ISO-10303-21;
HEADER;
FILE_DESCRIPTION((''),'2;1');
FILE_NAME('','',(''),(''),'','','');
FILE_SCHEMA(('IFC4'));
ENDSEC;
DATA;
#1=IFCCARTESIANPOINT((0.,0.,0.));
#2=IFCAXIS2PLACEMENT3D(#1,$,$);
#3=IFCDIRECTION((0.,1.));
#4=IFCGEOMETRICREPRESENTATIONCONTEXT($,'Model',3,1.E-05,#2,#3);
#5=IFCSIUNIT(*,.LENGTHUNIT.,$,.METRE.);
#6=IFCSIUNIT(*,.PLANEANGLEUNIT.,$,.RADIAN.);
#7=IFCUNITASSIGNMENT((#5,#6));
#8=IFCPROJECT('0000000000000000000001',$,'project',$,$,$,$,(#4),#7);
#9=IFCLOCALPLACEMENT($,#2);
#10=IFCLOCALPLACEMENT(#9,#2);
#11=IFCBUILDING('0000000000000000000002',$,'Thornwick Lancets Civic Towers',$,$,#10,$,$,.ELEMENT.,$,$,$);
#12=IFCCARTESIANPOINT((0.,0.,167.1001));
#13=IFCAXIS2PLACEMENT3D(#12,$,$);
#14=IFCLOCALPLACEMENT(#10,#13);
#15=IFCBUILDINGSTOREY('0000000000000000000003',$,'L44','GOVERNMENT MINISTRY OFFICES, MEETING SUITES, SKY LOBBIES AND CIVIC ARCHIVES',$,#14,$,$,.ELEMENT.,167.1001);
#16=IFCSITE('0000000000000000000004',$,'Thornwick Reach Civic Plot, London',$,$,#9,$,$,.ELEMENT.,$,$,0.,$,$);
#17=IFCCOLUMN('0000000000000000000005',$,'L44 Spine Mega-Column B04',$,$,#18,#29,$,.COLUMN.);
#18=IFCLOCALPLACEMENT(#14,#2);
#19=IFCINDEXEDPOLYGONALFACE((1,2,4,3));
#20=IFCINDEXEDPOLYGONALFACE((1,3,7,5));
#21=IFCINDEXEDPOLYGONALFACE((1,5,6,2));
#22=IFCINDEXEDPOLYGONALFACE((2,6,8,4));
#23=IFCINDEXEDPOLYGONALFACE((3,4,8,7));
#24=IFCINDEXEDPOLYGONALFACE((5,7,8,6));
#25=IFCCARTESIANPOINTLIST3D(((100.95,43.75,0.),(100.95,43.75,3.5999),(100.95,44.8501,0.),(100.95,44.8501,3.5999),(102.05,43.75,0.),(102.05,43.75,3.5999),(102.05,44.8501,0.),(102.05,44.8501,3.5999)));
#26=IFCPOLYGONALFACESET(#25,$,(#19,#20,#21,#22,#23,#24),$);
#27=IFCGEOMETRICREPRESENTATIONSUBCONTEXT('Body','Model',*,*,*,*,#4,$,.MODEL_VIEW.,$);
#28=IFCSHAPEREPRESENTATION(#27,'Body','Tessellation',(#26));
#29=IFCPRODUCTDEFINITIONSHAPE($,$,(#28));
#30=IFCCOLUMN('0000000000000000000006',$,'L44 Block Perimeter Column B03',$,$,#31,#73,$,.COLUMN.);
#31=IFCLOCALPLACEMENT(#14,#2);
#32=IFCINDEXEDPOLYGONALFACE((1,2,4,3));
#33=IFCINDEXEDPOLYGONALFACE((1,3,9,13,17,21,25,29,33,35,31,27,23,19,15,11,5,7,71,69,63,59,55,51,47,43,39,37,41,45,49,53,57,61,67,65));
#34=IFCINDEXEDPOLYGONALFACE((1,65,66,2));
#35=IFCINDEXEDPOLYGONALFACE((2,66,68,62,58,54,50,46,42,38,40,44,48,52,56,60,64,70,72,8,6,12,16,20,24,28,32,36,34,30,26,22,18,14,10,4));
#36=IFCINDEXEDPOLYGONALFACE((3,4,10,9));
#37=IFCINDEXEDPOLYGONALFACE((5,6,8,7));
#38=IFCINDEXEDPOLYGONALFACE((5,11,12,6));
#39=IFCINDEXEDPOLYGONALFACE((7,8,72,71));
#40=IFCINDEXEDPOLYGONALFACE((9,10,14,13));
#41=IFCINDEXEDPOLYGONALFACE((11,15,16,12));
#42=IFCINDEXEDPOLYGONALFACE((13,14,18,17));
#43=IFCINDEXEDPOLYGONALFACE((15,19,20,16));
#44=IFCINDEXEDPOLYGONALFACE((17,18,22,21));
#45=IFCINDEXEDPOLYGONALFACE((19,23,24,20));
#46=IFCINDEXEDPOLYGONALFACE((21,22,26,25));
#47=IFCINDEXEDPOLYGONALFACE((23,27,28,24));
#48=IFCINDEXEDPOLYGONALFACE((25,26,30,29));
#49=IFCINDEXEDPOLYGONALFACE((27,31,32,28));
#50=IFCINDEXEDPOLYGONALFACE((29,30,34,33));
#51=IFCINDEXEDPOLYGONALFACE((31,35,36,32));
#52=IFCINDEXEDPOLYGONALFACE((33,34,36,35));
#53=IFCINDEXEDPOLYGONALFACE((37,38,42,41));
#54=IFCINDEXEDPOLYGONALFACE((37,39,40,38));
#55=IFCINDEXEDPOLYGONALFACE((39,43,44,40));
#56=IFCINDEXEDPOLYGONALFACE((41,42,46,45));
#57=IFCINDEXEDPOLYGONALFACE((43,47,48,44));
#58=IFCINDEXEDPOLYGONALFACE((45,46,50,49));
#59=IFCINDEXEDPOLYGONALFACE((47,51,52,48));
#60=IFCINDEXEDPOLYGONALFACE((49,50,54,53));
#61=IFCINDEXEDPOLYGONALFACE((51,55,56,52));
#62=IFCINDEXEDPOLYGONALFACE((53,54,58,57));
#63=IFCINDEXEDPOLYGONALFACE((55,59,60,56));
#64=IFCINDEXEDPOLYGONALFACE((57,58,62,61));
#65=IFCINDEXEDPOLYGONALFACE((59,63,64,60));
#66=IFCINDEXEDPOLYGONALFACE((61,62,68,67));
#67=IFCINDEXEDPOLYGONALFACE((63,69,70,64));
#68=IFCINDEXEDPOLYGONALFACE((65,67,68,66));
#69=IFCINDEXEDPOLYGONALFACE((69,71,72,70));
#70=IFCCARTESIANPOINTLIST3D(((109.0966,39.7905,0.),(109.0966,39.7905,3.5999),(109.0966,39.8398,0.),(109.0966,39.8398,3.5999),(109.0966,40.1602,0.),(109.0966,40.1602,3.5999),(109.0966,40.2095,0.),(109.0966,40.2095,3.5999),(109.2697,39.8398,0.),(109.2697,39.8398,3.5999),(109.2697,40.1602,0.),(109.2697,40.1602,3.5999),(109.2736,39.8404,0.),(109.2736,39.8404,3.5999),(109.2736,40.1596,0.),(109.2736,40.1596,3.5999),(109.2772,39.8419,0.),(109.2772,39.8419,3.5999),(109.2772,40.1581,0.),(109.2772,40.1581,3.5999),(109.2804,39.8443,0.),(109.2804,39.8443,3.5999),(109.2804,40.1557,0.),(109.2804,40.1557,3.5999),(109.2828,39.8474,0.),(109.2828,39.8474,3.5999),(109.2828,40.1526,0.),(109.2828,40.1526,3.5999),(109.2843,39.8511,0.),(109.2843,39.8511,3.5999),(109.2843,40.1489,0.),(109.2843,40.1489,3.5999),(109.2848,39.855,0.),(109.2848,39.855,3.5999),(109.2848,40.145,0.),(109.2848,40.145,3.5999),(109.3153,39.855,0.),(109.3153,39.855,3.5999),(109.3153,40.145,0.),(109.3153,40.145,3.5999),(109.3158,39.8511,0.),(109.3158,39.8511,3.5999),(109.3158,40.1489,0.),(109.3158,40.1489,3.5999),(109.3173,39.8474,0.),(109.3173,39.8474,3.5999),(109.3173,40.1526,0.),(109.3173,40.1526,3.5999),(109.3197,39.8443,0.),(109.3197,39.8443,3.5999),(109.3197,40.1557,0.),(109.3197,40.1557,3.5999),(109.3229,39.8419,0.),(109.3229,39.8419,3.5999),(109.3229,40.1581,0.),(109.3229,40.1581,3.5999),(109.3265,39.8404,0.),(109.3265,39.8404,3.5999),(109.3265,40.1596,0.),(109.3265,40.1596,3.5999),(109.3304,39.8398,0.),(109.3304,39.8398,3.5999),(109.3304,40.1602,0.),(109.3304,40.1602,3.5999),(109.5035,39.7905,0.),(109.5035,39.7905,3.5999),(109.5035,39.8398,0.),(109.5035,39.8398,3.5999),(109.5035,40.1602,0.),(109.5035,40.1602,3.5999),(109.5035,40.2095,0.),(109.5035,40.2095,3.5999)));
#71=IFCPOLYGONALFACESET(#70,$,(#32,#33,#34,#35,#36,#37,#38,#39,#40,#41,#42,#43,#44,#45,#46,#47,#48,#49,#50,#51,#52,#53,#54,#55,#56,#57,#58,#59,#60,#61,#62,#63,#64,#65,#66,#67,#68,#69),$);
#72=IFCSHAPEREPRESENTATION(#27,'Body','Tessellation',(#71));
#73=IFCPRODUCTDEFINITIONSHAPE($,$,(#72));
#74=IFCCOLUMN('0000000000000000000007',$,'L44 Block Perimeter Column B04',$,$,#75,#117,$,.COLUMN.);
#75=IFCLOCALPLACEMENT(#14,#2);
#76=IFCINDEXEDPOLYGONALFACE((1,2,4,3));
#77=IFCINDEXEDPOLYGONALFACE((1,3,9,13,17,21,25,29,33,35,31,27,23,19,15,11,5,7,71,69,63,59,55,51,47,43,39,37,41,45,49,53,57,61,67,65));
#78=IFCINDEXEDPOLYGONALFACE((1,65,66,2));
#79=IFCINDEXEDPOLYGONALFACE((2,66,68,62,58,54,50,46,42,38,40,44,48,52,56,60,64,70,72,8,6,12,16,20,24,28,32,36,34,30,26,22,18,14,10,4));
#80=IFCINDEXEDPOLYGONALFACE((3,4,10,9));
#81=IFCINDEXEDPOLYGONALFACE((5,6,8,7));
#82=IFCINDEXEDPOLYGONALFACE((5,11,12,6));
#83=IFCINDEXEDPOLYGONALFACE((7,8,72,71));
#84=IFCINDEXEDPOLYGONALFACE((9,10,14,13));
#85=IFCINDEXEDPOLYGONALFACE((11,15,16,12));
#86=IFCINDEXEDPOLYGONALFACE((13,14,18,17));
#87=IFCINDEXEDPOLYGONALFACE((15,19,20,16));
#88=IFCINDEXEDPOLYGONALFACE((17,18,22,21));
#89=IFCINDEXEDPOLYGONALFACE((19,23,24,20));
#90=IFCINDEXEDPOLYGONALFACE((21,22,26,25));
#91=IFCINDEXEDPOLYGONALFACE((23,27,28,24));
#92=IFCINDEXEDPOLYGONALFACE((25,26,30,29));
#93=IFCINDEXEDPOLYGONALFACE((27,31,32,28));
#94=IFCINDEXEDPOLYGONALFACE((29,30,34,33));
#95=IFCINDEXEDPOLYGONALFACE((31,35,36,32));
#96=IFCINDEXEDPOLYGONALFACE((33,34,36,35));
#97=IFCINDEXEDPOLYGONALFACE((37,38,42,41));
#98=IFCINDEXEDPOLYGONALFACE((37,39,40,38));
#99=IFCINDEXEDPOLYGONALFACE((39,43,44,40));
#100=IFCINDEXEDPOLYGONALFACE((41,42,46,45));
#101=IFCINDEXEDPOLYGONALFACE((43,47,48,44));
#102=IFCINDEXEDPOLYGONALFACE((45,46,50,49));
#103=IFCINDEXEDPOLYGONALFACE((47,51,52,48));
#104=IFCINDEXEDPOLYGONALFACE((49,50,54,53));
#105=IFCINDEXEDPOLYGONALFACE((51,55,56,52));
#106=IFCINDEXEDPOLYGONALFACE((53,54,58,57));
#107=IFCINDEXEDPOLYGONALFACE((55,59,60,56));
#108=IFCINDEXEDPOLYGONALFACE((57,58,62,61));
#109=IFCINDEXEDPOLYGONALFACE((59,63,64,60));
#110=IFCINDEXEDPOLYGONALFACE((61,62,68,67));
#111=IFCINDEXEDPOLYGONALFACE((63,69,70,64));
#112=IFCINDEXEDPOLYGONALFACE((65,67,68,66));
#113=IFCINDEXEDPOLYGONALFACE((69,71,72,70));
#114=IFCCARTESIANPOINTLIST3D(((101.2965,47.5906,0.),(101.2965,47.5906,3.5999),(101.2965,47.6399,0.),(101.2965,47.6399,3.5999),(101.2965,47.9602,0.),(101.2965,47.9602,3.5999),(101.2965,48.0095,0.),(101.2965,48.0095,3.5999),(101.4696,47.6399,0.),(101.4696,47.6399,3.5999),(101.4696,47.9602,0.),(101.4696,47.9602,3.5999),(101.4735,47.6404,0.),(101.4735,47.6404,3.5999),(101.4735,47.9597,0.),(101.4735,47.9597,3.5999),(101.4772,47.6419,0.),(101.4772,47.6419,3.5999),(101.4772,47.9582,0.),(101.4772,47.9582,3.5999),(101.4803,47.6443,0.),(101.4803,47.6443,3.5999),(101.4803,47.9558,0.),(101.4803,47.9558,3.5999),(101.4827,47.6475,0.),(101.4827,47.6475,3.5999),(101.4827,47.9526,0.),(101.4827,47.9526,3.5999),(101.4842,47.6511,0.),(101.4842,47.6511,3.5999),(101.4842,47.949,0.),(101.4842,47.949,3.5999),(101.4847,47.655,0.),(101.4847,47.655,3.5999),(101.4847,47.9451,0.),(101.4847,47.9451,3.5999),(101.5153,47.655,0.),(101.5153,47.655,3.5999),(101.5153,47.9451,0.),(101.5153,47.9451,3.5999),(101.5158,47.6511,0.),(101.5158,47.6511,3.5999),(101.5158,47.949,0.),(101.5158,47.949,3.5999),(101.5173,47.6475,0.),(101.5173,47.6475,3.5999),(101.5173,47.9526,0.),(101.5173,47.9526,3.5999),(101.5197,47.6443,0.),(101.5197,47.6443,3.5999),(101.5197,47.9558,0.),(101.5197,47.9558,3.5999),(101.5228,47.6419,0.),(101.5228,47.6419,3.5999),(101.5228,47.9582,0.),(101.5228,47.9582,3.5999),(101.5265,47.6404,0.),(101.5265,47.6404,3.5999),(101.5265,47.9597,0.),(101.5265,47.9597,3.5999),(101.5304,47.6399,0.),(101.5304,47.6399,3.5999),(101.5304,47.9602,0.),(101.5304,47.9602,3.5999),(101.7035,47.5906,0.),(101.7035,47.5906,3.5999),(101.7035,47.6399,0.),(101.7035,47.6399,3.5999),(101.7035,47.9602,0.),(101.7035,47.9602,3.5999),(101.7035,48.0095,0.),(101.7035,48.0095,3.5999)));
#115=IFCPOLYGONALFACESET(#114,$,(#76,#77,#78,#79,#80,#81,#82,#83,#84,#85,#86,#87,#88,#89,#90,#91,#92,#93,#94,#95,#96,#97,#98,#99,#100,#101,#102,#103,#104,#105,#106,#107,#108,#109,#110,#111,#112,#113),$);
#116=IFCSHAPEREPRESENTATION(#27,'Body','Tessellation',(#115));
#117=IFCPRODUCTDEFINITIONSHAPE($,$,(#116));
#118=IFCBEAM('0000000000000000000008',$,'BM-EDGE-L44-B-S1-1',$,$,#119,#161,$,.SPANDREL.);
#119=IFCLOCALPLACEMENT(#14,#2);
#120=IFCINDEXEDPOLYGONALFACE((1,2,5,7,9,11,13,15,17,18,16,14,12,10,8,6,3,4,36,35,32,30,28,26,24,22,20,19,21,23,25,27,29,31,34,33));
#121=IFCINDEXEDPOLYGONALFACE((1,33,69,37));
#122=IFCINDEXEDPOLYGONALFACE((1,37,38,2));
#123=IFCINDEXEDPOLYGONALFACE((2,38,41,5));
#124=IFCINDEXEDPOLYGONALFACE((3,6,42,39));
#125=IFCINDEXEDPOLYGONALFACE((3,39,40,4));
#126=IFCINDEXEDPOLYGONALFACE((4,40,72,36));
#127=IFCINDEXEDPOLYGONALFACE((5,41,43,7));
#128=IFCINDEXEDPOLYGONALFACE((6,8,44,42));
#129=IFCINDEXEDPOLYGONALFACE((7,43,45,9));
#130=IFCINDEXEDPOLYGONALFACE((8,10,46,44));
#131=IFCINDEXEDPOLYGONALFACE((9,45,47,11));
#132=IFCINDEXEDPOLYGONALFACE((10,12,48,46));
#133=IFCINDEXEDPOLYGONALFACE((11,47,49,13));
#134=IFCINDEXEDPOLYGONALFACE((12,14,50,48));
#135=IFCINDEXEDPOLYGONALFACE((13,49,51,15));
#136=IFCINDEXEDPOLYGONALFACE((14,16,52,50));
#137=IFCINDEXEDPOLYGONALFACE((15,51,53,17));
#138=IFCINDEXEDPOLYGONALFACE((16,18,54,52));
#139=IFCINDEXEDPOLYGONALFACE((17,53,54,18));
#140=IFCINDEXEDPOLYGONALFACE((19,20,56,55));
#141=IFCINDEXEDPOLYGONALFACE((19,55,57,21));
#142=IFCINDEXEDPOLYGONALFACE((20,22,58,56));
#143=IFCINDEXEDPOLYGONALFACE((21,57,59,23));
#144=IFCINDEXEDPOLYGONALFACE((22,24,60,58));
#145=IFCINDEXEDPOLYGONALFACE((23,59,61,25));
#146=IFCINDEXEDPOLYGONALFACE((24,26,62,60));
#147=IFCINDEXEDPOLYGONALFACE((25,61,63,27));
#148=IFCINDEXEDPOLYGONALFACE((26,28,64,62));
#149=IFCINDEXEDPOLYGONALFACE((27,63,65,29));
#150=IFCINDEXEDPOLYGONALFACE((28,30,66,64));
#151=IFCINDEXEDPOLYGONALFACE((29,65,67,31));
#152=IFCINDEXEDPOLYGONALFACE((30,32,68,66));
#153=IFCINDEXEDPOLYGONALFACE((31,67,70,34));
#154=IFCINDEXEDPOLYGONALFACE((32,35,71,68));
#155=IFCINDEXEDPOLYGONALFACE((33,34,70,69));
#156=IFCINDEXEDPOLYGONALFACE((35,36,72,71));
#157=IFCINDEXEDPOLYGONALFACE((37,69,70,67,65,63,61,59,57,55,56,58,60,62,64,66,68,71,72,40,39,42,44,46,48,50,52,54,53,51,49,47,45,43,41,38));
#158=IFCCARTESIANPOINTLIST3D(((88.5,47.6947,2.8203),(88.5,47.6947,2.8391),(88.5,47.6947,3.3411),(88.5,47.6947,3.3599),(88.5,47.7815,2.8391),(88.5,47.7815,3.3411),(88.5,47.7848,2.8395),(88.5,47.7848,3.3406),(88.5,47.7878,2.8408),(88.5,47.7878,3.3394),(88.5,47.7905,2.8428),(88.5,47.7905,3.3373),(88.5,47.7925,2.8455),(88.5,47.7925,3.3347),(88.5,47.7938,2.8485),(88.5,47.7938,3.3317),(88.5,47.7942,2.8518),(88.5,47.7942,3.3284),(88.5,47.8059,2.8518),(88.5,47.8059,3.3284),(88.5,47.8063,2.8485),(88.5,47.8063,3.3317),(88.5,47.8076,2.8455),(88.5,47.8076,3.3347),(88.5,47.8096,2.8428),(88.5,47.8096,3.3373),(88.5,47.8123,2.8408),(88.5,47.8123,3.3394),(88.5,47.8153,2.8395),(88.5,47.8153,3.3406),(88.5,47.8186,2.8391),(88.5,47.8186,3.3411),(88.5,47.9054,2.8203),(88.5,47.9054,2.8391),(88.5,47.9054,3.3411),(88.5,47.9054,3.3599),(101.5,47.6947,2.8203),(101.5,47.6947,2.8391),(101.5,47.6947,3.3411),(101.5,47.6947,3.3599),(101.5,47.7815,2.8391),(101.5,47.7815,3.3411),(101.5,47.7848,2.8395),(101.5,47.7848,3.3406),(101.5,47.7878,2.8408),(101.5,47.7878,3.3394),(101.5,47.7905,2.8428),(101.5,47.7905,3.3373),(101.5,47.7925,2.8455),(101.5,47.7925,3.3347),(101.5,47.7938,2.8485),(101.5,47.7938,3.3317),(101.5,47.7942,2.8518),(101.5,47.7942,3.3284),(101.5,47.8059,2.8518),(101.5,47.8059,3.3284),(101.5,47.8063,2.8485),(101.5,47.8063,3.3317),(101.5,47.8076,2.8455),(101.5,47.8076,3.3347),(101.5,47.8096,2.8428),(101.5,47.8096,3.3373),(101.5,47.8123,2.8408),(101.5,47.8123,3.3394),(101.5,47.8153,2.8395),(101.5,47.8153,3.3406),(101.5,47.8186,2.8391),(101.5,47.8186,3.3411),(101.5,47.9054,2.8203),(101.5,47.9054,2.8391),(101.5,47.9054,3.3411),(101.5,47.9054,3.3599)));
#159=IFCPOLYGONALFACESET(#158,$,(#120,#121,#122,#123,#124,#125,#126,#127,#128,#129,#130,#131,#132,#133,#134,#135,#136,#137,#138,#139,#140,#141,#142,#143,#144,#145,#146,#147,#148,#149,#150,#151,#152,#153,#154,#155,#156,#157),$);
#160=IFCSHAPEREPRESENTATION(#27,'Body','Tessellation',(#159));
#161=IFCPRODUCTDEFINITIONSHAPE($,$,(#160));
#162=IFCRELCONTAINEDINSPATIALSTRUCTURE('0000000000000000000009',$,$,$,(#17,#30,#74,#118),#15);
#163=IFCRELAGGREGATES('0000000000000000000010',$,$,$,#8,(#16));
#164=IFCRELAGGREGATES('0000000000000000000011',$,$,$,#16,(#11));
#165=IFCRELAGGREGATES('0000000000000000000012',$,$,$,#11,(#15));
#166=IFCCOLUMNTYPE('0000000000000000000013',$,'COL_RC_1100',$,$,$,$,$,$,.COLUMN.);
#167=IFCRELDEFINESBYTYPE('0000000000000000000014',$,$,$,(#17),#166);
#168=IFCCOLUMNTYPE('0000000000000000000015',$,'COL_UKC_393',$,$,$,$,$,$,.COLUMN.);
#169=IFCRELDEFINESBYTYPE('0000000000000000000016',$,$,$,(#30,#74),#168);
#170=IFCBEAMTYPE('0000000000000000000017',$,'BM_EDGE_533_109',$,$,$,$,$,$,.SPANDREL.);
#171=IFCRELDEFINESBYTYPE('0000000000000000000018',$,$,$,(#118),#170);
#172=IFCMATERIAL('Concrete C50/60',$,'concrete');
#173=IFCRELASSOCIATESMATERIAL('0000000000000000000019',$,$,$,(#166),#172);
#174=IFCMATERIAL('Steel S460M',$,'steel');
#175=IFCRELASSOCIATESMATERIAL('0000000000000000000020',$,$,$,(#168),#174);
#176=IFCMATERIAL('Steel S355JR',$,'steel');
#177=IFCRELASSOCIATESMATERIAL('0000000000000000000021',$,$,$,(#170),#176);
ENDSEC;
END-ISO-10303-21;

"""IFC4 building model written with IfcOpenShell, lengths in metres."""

from ifc_helpers import new_model, si_unit, direction, frame, origin, origin_2d, place, context, subcontext, project, spatial, rectangle, i_section, extrude, material, material_profile, profile_set, type_object, element, save


model = new_model("IFC4")

# Units and contexts
model_context = context("Model", 3, precision=1e-05, world=origin(), true_north=direction((0.0, 1.0)))
body_context = subcontext(model_context, "Body", "Model", "MODEL_VIEW")
ifc_project = project(units=[si_unit("LENGTHUNIT", "METRE"), si_unit("PLANEANGLEUNIT", "RADIAN")], contexts=[model_context])

# Site, building, storey
site_placement = place(None, origin())
site = spatial("IfcSite", under=ifc_project, at=site_placement, Name="Thornwick Reach Civic Plot, London", CompositionType="ELEMENT", RefElevation=0.0)
building_placement = place(site_placement, origin())
building = spatial("IfcBuilding", under=site, at=building_placement, Name="Thornwick Lancets Civic Towers", CompositionType="ELEMENT")
storey_placement = place(building_placement, frame((0.0, 0.0, 167.1001)))
storey = spatial("IfcBuildingStorey", under=building, at=storey_placement, Name="L44", Description="GOVERNMENT MINISTRY OFFICES, MEETING SUITES, SKY LOBBIES AND CIVIC ARCHIVES", CompositionType="ELEMENT", Elevation=167.1001)

# Columns
ifc_material_1 = material(Name="Concrete C50/60", Category="concrete")
ifc_material_profile_1 = material_profile(ifc_material_1, rectangle(XDim=1.1001, YDim=1.1001, at=origin_2d()), Name="RC 1100x1100")
ifc_profile_set_1 = profile_set([ifc_material_profile_1], Name="Concrete C50/60")
column_type_1 = type_object("IfcColumnType", Name="COL_RC_1100", PredefinedType="COLUMN", material=ifc_profile_set_1)
column_placement = place(storey_placement, frame((101.5, 44.3, 0.0), z_axis=(0.0, 0.0, 1.0), x_axis=(1.0, 0.0, 0.0)))
element("IfcColumn", 1, at=column_placement, inside=storey, type_object=column_type_1, Name="L44 Spine Mega-Column B04", PredefinedType="COLUMN", context=body_context, shape_type="SweptSolid", body=[
    extrude(rectangle(XDim=1.1001, YDim=1.1001, at=origin_2d()), origin(), (0.0, 0.0, 1.0), 3.5999),
])
ifc_material_2 = material(Name="Steel S460M", Category="steel")
ifc_material_profile_2 = material_profile(ifc_material_2, i_section(OverallWidth=0.407, OverallDepth=0.4189, WebThickness=0.0305, FlangeThickness=0.0493, FilletRadius=0.0151, at=origin_2d()), Name="UKC 356x406x393")
ifc_profile_set_2 = profile_set([ifc_material_profile_2], Name="Steel S460M")
column_type_2 = type_object("IfcColumnType", Name="COL_UKC_393", PredefinedType="COLUMN", material=ifc_profile_set_2)
for number, where, z_axis, x_axis, name in (
    (2, (109.3, 40.0, 0.0), (0.0, 0.0, 1.0), (1.0, 0.0, 0.0), "L44 Block Perimeter Column B03"),
    (3, (101.5, 47.8, 0.0), (0.0, 0.0, 1.0), (1.0, 0.0, 0.0), "L44 Block Perimeter Column B04"),
):
    element("IfcColumn", number, at=place(storey_placement, frame(where, z_axis=z_axis, x_axis=x_axis)), inside=storey, type_object=column_type_2, Name=name, PredefinedType="COLUMN", context=body_context, shape_type="SweptSolid", body=[
        extrude(i_section(OverallWidth=0.407, OverallDepth=0.4189, WebThickness=0.0305, FlangeThickness=0.0493, FilletRadius=0.0151, at=origin_2d()), origin(), (0.0, 0.0, 1.0), 3.5999),
    ])

# Beam
ifc_material_3 = material(Name="Steel S355JR", Category="steel")
ifc_material_profile_3 = material_profile(ifc_material_3, i_section(OverallWidth=0.2107, OverallDepth=0.5396, WebThickness=0.0117, FlangeThickness=0.0188, FilletRadius=0.0127, at=origin_2d()), Name="UKB 533x210x109")
ifc_profile_set_3 = profile_set([ifc_material_profile_3], Name="Steel S355JR")
beam_type_1 = type_object("IfcBeamType", Name="BM_EDGE_533_109", PredefinedType="SPANDREL", material=ifc_profile_set_3)
beam_1_placement = place(storey_placement, frame((101.5, 47.8, 3.0901), z_axis=(-1.0, 0.0, 0.0), x_axis=(0.0, -1.0, 0.0)))
element("IfcBeam", 4, at=beam_1_placement, inside=storey, type_object=beam_type_1, Name="BM-EDGE-L44-B-S1-1", PredefinedType="SPANDREL", context=body_context, shape_type="SweptSolid", body=[
    extrude(i_section(OverallWidth=0.2107, OverallDepth=0.5396, WebThickness=0.0117, FlangeThickness=0.0188, FilletRadius=0.0127, at=origin_2d()), origin(), (0.0, 0.0, 1.0), 13.0),
])

save(model, "model.ifc")
